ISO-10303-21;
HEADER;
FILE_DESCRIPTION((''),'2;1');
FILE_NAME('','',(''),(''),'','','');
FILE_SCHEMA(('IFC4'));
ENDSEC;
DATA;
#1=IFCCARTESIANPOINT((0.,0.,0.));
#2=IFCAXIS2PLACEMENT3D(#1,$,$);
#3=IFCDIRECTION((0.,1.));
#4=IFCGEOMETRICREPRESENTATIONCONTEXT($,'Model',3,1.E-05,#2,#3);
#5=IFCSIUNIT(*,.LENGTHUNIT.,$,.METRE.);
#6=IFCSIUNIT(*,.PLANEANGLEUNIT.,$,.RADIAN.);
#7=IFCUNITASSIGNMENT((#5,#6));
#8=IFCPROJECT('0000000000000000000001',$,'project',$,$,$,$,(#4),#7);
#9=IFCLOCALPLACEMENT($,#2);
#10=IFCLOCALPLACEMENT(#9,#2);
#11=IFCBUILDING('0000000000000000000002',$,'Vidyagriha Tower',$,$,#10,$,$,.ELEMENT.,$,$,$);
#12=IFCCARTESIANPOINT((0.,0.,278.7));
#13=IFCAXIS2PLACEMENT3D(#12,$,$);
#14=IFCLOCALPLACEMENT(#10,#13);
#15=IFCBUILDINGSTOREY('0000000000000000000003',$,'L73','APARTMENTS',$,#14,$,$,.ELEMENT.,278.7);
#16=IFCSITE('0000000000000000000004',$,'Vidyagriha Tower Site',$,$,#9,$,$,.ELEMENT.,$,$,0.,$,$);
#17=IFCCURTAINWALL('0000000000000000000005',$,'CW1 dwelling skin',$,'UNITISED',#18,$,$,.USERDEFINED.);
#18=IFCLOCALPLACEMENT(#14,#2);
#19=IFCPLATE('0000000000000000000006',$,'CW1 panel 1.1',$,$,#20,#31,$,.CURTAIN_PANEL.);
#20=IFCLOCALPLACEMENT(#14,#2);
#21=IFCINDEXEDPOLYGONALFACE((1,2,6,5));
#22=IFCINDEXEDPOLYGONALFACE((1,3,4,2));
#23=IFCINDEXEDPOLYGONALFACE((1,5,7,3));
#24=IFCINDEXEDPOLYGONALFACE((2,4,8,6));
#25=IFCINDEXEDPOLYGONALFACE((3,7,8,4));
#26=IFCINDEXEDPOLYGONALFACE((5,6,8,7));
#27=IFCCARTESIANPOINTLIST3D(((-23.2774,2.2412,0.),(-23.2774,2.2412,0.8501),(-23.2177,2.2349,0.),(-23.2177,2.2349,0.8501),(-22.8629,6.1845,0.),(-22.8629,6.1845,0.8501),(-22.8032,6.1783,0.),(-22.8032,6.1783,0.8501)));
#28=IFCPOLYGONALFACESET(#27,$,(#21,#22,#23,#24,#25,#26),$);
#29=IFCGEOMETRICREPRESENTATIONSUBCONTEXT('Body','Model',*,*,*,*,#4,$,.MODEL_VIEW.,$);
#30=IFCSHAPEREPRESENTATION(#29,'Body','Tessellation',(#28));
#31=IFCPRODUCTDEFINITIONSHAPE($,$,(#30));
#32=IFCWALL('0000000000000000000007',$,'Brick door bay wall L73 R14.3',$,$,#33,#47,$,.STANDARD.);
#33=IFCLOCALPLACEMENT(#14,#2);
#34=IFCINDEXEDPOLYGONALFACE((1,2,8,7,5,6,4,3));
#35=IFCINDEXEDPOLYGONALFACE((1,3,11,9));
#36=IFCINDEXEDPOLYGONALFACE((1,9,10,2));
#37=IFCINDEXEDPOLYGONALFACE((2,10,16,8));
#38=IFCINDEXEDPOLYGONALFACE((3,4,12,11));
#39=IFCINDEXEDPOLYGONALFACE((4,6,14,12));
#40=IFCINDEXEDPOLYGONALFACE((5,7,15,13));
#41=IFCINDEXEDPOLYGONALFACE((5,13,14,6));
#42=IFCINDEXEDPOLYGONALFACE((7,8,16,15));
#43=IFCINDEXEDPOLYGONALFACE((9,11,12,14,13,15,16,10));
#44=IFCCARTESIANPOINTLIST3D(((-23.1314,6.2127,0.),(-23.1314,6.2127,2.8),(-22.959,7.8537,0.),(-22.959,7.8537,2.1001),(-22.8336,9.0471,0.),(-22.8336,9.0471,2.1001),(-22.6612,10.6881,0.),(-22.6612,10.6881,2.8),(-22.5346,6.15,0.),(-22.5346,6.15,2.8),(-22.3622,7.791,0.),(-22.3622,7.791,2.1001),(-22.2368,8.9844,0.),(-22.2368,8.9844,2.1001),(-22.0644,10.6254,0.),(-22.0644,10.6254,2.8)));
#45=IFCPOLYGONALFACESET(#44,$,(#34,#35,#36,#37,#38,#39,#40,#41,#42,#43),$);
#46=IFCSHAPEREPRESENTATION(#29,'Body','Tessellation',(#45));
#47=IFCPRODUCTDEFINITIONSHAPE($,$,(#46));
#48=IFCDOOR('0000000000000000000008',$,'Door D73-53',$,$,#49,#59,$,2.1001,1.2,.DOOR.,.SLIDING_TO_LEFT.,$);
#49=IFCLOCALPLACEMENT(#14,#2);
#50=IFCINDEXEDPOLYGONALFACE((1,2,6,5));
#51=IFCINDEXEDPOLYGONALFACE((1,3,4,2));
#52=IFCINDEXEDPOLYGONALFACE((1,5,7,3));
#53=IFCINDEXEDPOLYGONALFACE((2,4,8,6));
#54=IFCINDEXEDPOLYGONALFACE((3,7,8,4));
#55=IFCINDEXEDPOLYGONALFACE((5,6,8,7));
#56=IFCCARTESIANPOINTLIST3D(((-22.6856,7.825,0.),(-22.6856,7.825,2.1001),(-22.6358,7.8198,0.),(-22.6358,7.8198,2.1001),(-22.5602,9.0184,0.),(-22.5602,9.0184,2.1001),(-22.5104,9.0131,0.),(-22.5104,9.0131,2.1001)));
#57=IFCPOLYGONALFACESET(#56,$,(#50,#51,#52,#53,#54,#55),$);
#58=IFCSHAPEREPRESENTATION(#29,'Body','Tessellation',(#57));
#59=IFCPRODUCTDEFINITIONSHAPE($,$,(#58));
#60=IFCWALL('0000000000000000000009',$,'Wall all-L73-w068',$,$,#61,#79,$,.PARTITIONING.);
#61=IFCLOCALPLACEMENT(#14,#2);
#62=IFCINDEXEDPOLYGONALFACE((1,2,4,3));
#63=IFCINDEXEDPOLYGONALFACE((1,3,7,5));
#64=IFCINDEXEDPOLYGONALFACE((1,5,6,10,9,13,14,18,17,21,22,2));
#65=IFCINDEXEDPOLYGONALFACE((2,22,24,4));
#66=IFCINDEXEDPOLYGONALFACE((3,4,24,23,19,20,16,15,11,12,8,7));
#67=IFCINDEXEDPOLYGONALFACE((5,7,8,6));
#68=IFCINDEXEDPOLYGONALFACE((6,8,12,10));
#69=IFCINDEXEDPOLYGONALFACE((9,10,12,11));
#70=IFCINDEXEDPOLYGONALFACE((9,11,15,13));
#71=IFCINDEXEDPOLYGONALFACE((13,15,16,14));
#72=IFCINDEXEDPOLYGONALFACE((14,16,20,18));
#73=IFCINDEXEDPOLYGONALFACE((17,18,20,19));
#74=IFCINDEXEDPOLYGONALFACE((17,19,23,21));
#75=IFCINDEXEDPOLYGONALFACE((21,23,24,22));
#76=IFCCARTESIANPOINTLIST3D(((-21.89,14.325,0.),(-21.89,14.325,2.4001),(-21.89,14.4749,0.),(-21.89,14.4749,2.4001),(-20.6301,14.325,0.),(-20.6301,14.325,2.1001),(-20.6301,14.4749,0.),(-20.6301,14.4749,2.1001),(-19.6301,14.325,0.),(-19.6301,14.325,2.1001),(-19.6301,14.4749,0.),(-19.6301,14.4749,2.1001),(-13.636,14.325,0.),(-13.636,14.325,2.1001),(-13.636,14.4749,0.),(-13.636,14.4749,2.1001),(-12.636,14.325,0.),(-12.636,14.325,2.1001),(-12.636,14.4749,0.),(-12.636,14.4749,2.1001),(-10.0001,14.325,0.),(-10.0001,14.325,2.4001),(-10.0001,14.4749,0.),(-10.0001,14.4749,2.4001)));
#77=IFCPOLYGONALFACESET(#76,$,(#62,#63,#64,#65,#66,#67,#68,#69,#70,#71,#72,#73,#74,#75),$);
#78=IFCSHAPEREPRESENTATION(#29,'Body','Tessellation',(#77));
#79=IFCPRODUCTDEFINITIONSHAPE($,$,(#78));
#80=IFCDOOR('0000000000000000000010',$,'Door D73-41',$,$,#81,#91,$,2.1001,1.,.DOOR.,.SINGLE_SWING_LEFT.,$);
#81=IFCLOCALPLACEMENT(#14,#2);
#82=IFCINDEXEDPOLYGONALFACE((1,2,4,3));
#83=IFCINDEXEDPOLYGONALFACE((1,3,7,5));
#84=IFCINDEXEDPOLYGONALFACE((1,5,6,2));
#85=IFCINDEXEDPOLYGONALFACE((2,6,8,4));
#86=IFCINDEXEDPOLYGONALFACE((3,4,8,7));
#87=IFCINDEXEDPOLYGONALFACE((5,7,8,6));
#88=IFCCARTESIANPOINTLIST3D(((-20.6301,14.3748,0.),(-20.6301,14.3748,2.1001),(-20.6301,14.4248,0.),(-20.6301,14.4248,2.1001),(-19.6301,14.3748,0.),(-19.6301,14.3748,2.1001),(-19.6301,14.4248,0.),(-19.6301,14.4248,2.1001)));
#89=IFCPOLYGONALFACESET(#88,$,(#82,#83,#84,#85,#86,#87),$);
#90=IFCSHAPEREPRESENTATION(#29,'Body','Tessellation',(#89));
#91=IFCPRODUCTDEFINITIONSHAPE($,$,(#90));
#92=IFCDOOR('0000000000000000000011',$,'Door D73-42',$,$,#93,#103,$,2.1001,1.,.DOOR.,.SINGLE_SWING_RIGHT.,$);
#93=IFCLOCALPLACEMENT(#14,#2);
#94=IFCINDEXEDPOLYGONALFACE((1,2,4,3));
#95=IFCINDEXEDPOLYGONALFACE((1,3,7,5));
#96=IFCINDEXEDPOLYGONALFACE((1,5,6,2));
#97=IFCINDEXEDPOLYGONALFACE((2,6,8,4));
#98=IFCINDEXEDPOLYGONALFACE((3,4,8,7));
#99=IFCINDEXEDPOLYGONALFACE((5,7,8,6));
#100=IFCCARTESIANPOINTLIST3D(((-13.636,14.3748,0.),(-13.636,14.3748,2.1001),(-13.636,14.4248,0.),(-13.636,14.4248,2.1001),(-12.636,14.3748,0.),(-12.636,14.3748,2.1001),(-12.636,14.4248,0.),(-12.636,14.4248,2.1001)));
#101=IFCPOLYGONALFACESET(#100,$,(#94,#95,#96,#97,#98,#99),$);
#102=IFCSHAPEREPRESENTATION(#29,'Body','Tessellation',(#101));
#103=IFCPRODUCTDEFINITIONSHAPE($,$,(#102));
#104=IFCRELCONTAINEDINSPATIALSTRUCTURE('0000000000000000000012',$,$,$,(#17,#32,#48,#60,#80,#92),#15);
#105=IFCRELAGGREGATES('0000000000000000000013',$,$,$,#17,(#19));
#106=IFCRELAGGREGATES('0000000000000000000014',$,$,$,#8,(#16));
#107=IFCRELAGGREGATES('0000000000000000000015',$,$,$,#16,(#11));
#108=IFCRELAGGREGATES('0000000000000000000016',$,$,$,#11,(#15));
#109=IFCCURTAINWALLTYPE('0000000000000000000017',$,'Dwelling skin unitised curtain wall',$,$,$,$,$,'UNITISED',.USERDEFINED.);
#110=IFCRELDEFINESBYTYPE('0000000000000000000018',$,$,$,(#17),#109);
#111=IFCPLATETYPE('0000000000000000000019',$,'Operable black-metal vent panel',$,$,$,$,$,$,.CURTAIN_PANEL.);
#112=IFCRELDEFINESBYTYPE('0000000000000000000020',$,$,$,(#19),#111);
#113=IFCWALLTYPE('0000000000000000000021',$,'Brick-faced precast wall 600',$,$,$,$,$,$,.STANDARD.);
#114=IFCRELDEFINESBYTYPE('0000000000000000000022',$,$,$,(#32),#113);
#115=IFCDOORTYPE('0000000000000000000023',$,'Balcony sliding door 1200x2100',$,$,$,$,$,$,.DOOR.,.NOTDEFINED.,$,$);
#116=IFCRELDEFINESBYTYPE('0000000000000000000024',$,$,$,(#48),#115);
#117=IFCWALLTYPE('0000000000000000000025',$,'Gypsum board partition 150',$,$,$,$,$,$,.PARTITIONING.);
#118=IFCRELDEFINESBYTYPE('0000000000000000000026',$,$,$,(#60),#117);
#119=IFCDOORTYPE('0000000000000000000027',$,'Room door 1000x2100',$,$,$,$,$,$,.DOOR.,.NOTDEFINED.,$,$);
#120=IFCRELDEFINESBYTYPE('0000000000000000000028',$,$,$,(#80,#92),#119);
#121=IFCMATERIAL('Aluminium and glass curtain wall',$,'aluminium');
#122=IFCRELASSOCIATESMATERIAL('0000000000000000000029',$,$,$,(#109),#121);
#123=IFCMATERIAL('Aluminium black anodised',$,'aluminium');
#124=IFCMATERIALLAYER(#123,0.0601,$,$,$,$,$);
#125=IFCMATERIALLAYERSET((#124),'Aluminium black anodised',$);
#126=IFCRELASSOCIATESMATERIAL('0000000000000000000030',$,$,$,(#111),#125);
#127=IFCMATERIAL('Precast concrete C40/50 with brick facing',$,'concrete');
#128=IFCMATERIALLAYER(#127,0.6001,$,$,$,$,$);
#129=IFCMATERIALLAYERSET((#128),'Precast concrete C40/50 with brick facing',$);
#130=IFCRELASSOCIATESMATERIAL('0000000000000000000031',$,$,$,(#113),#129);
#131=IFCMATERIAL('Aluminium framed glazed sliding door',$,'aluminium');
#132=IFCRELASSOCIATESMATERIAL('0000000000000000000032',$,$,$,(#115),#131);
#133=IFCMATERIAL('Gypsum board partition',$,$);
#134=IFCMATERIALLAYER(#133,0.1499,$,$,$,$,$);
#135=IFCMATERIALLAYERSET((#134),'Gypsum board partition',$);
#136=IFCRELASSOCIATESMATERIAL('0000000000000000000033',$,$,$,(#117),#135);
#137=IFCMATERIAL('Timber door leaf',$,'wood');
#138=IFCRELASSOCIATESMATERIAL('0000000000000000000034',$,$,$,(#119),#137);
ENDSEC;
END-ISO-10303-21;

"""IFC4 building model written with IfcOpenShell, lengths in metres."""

from ifc_helpers import new_model, si_unit, direction, frame, frame_2d, origin, origin_2d, place, context, subcontext, project, spatial, rectangle, extrude, material, layer, layer_set, type_object, element, fill, aggregate, save


model = new_model("IFC4")

# Units and contexts
model_context = context("Model", 3, precision=1e-05, world=origin(), true_north=direction((0.0, 1.0)))
body_context = subcontext(model_context, "Body", "Model", "MODEL_VIEW")
ifc_project = project(units=[si_unit("LENGTHUNIT", "METRE"), si_unit("PLANEANGLEUNIT", "RADIAN")], contexts=[model_context])

# Site, building, storey
site_placement = place(None, origin())
site = spatial("IfcSite", under=ifc_project, at=site_placement, Name="Vidyagriha Tower Site", CompositionType="ELEMENT", RefElevation=0.0)
building_placement = place(site_placement, origin())
building = spatial("IfcBuilding", under=site, at=building_placement, Name="Vidyagriha Tower", CompositionType="ELEMENT")
storey_placement = place(building_placement, frame((0.0, 0.0, 278.7)))
storey = spatial("IfcBuildingStorey", under=building, at=storey_placement, Name="L73", Description="APARTMENTS", CompositionType="ELEMENT", Elevation=278.7)

# Curtain wall
ifc_material_1 = material(Name="Aluminium and glass curtain wall", Category="aluminium")
curtain_wall_type = type_object("IfcCurtainWallType", Name="Dwelling skin unitised curtain wall", ElementType="UNITISED", PredefinedType="USERDEFINED", material=ifc_material_1)
curtain_wall_1_placement = place(storey_placement, origin())
curtain_wall_1 = element("IfcCurtainWall", 1, at=curtain_wall_1_placement, inside=storey, type_object=curtain_wall_type, Name="CW1 dwelling skin", ObjectType="UNITISED", PredefinedType="USERDEFINED")

# Plate
ifc_material_2 = material(Name="Aluminium black anodised", Category="aluminium")
ifc_layer_1 = layer(ifc_material_2, 0.0601)
ifc_layer_set_1 = layer_set([ifc_layer_1], Name="Aluminium black anodised")
plate_type_1 = type_object("IfcPlateType", Name="Operable black-metal vent panel", PredefinedType="CURTAIN_PANEL", material=ifc_layer_set_1)
plate_1_placement = place(storey_placement, frame((-23.0403, 4.2097, 0.0), z_axis=(0.0, 0.0, 1.0), x_axis=(-0.104533, -0.994521, 0.0)))
plate_1 = element("IfcPlate", 2, at=plate_1_placement, type_object=plate_type_1, Name="CW1 panel 1.1", PredefinedType="CURTAIN_PANEL", context=body_context, shape_type="SweptSolid", body=[
    extrude(rectangle(XDim=3.9651, YDim=0.0601, at=origin_2d()), origin(), (0.0, 0.0, 1.0), 0.8501),
])
aggregate(curtain_wall_1, [plate_1])

# Wall, opening, door
ifc_material_3 = material(Name="Precast concrete C40/50 with brick facing", Category="concrete")
ifc_layer_2 = layer(ifc_material_3, 0.6001)
ifc_layer_set_2 = layer_set([ifc_layer_2], Name="Precast concrete C40/50 with brick facing")
wall_type_1 = type_object("IfcWallType", Name="Brick-faced precast wall 600", PredefinedType="STANDARD", material=ifc_layer_set_2)
wall_1_placement = place(storey_placement, frame((-22.3628, 10.6567, 0.0), z_axis=(0.0, 0.0, 1.0), x_axis=(-0.104493, -0.994526, 0.0)))
wall_1 = element("IfcWall", 3, at=wall_1_placement, inside=storey, type_object=wall_type_1, Name="Brick door bay wall L73 R14.3", PredefinedType="STANDARD", context=body_context, shape_type="SweptSolid", body=[
    extrude(rectangle(XDim=4.5, YDim=0.6001, at=frame_2d((2.25, 0.0))), origin(), (0.0, 0.0, 1.0), 2.8),
])
opening_1_placement = place(wall_1_placement, frame((1.6499, 0.0, 0.0)))
opening_1 = element("IfcOpeningElement", 4, at=opening_1_placement, cuts=wall_1, PredefinedType="OPENING", context=body_context, shape_type="SweptSolid", body=[
    extrude(rectangle(XDim=1.2, YDim=2.1001, at=frame_2d((0.6001, 1.05))), frame((0.0, 0.3101, 0.0), z_axis=(0.0, -1.0, 0.0), x_axis=(1.0, 0.0, 0.0)), (0.0, 0.0, 1.0), 0.6201),
])
ifc_material_4 = material(Name="Aluminium framed glazed sliding door", Category="aluminium")
door_type_1 = type_object("IfcDoorType", Name="Balcony sliding door 1200x2100", OperationType="NOTDEFINED", PredefinedType="DOOR", material=ifc_material_4)
door_1_placement = place(opening_1_placement, origin())
door_1 = element("IfcDoor", 5, at=door_1_placement, inside=storey, type_object=door_type_1, Name="Door D73-53", OperationType="SLIDING_TO_LEFT", OverallHeight=2.1001, OverallWidth=1.2, PredefinedType="DOOR", context=body_context, shape_type="SweptSolid", body=[
    extrude(rectangle(XDim=1.2, YDim=2.1001, at=frame_2d((0.6001, 1.05))), frame((0.0, 0.0249, 0.0), z_axis=(0.0, -1.0, 0.0), x_axis=(1.0, 0.0, 0.0)), (0.0, 0.0, 1.0), 0.05),
])
fill(opening_1, door_1)

# Wall, openings, doors
ifc_material_5 = material(Name="Gypsum board partition")
ifc_layer_3 = layer(ifc_material_5, 0.1499)
ifc_layer_set_3 = layer_set([ifc_layer_3], Name="Gypsum board partition")
wall_type_2 = type_object("IfcWallType", Name="Gypsum board partition 150", PredefinedType="PARTITIONING", material=ifc_layer_set_3)
wall_2_placement = place(storey_placement, frame((-21.8899, 14.3999, 0.0)))
wall_2 = element("IfcWall", 6, at=wall_2_placement, inside=storey, type_object=wall_type_2, Name="Wall all-L73-w068", PredefinedType="PARTITIONING", context=body_context, shape_type="SweptSolid", body=[
    extrude(rectangle(XDim=11.8899, YDim=0.1499, at=frame_2d((5.9448, 0.0))), origin(), (0.0, 0.0, 1.0), 2.4001),
])
opening_2_placement = place(wall_2_placement, frame((1.2598, 0.0, 0.0)))
opening_2 = element("IfcOpeningElement", 7, at=opening_2_placement, cuts=wall_2, PredefinedType="OPENING", context=body_context, shape_type="SweptSolid", body=[
    extrude(rectangle(XDim=1.0, YDim=2.1001, at=frame_2d((0.5, 1.05))), frame((0.0, 0.085, 0.0), z_axis=(0.0, -1.0, 0.0), x_axis=(1.0, 0.0, 0.0)), (0.0, 0.0, 1.0), 0.1699),
])
opening_3_placement = place(wall_2_placement, frame((8.2539, 0.0, 0.0)))
opening_3 = element("IfcOpeningElement", 8, at=opening_3_placement, cuts=wall_2, PredefinedType="OPENING", context=body_context, shape_type="SweptSolid", body=[
    extrude(rectangle(XDim=1.0, YDim=2.1001, at=frame_2d((0.5, 1.05))), frame((0.0, 0.085, 0.0), z_axis=(0.0, -1.0, 0.0), x_axis=(1.0, 0.0, 0.0)), (0.0, 0.0, 1.0), 0.1699),
])
ifc_material_6 = material(Name="Timber door leaf", Category="wood")
door_type_2 = type_object("IfcDoorType", Name="Room door 1000x2100", OperationType="NOTDEFINED", PredefinedType="DOOR", material=ifc_material_6)
door_2_placement = place(opening_2_placement, origin())
door_2 = element("IfcDoor", 9, at=door_2_placement, inside=storey, type_object=door_type_2, Name="Door D73-41", OperationType="SINGLE_SWING_LEFT", OverallHeight=2.1001, OverallWidth=1.0, PredefinedType="DOOR", context=body_context, shape_type="SweptSolid", body=[
    extrude(rectangle(XDim=1.0, YDim=2.1001, at=frame_2d((0.5, 1.05))), frame((0.0, 0.0249, 0.0), z_axis=(0.0, -1.0, 0.0), x_axis=(1.0, 0.0, 0.0)), (0.0, 0.0, 1.0), 0.05),
])
fill(opening_2, door_2)
door_3_placement = place(opening_3_placement, origin())
door_3 = element("IfcDoor", 10, at=door_3_placement, inside=storey, type_object=door_type_2, Name="Door D73-42", OperationType="SINGLE_SWING_RIGHT", OverallHeight=2.1001, OverallWidth=1.0, PredefinedType="DOOR", context=body_context, shape_type="SweptSolid", body=[
    extrude(rectangle(XDim=1.0, YDim=2.1001, at=frame_2d((0.5, 1.05))), frame((0.0, 0.0249, 0.0), z_axis=(0.0, -1.0, 0.0), x_axis=(1.0, 0.0, 0.0)), (0.0, 0.0, 1.0), 0.05),
])
fill(opening_3, door_3)

save(model, "model.ifc")
